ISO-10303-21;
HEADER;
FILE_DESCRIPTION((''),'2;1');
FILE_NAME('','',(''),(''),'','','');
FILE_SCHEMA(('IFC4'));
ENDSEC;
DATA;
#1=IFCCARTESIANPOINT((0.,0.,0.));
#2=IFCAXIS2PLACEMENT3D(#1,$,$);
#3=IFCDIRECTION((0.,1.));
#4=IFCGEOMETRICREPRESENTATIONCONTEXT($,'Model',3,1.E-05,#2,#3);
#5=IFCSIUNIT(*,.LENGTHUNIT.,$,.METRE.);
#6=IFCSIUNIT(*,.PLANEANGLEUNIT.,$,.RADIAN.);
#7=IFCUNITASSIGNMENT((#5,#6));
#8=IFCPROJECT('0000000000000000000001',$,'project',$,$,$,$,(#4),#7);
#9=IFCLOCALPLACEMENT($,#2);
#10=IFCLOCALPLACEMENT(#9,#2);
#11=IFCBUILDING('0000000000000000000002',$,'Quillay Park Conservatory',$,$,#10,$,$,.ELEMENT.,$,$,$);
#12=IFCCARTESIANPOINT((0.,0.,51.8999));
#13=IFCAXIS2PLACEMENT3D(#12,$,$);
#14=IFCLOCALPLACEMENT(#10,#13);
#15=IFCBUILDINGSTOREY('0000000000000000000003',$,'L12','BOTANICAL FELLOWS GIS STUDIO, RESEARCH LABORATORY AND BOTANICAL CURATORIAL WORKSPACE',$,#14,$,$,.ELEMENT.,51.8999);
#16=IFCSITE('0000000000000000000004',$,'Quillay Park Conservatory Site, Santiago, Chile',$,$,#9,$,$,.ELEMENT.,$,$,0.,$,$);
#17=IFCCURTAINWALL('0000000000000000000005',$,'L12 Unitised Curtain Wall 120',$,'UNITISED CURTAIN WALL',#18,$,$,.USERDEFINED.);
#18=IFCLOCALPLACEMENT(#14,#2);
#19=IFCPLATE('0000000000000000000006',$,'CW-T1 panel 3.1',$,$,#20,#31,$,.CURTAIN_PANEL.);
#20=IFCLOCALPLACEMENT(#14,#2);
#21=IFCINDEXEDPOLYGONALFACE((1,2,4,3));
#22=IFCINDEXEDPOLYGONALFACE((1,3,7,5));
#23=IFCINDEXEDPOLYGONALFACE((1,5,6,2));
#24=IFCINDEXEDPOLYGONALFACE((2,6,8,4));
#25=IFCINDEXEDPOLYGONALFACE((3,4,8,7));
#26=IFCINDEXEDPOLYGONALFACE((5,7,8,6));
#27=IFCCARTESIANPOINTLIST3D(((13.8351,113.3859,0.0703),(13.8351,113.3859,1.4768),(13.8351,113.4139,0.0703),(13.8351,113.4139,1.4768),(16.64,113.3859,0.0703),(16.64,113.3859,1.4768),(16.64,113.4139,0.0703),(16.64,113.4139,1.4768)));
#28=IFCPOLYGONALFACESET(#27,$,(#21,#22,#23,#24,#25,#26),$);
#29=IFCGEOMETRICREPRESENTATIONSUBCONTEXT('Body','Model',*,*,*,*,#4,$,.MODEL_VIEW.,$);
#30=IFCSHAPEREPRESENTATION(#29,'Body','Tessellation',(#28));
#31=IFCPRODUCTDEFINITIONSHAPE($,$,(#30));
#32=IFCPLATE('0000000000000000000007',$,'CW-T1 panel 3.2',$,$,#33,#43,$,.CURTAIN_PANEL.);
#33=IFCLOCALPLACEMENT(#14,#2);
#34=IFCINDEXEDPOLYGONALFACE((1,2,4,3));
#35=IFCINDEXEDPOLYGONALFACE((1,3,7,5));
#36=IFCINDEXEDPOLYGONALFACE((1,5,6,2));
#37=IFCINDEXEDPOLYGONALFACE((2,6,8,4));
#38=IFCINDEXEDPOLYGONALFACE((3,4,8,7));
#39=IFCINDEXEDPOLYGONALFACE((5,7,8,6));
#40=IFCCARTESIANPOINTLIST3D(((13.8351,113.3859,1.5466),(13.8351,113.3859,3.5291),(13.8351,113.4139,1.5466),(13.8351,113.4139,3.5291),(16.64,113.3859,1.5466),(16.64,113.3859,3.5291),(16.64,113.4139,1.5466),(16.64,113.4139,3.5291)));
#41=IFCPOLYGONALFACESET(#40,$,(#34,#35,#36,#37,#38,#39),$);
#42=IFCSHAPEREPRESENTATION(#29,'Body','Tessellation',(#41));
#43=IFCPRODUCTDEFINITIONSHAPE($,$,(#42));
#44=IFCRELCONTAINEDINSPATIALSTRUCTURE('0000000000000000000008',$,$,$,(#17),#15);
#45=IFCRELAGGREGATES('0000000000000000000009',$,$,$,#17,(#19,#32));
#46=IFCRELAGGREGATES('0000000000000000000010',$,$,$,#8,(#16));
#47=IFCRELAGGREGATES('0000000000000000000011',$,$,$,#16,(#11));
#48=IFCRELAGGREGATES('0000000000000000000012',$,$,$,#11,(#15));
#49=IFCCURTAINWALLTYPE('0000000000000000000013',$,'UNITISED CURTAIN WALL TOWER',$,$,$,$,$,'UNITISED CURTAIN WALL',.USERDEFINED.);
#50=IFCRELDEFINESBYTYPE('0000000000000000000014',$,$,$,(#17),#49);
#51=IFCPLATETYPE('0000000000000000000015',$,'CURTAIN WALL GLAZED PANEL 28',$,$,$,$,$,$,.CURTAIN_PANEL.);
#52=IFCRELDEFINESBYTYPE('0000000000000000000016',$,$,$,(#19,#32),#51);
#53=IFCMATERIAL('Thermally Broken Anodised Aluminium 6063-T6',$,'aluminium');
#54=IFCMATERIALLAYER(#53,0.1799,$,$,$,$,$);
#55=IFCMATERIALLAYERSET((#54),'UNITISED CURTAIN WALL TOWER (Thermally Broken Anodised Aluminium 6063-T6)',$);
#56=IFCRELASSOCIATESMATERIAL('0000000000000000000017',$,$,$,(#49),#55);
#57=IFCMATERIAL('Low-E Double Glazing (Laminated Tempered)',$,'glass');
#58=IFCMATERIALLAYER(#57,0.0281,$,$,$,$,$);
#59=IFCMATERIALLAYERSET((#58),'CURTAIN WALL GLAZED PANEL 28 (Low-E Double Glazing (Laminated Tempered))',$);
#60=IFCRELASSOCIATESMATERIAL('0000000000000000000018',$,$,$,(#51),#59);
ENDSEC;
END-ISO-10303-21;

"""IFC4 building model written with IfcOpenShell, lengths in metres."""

from ifc_helpers import new_model, si_unit, direction, frame, origin, origin_2d, place, context, subcontext, project, spatial, rectangle, extrude, material, layer, layer_set, type_object, element, aggregate, save


model = new_model("IFC4")

# Units and contexts
model_context = context("Model", 3, precision=1e-05, world=origin(), true_north=direction((0.0, 1.0)))
body_context = subcontext(model_context, "Body", "Model", "MODEL_VIEW")
ifc_project = project(units=[si_unit("LENGTHUNIT", "METRE"), si_unit("PLANEANGLEUNIT", "RADIAN")], contexts=[model_context])

# Site, building, storey
site_placement = place(None, origin())
site = spatial("IfcSite", under=ifc_project, at=site_placement, Name="Quillay Park Conservatory Site, Santiago, Chile", CompositionType="ELEMENT", RefElevation=0.0)
building_placement = place(site_placement, origin())
building = spatial("IfcBuilding", under=site, at=building_placement, Name="Quillay Park Conservatory", CompositionType="ELEMENT")
storey_placement = place(building_placement, frame((0.0, 0.0, 51.8999)))
storey = spatial("IfcBuildingStorey", under=building, at=storey_placement, Name="L12", Description="BOTANICAL FELLOWS GIS STUDIO, RESEARCH LABORATORY AND BOTANICAL CURATORIAL WORKSPACE", CompositionType="ELEMENT", Elevation=51.8999)

# Curtain wall
ifc_material_1 = material(Name="Thermally Broken Anodised Aluminium 6063-T6", Category="aluminium")
ifc_layer_1 = layer(ifc_material_1, 0.1799)
ifc_layer_set_1 = layer_set([ifc_layer_1], Name="UNITISED CURTAIN WALL TOWER (Thermally Broken Anodised Aluminium 6063-T6)")
curtain_wall_type = type_object("IfcCurtainWallType", Name="UNITISED CURTAIN WALL TOWER", ElementType="UNITISED CURTAIN WALL", PredefinedType="USERDEFINED", material=ifc_layer_set_1)
curtain_wall_placement = place(storey_placement, origin())
curtain_wall = element("IfcCurtainWall", 1, at=curtain_wall_placement, inside=storey, type_object=curtain_wall_type, Name="L12 Unitised Curtain Wall 120", ObjectType="UNITISED CURTAIN WALL", PredefinedType="USERDEFINED")

# Plates
ifc_material_2 = material(Name="Low-E Double Glazing (Laminated Tempered)", Category="glass")
ifc_layer_2 = layer(ifc_material_2, 0.0281)
ifc_layer_set_2 = layer_set([ifc_layer_2], Name="CURTAIN WALL GLAZED PANEL 28 (Low-E Double Glazing (Laminated Tempered))")
plate_type = type_object("IfcPlateType", Name="CURTAIN WALL GLAZED PANEL 28", PredefinedType="CURTAIN_PANEL", material=ifc_layer_set_2)
plate_1_placement = place(storey_placement, frame((15.2375, 113.3999, 0.0703), z_axis=(0.0, 0.0, 1.0), x_axis=(1.0, 0.0, 0.0)))
plate_1 = element("IfcPlate", 2, at=plate_1_placement, type_object=plate_type, Name="CW-T1 panel 3.1", PredefinedType="CURTAIN_PANEL", context=body_context, shape_type="SweptSolid", body=[
    extrude(rectangle(XDim=2.8049, YDim=0.0281, at=origin_2d()), origin(), (0.0, 0.0, 1.0), 1.4065),
])
plate_2_placement = place(storey_placement, frame((15.2375, 113.3999, 1.5466), z_axis=(0.0, 0.0, 1.0), x_axis=(1.0, 0.0, 0.0)))
plate_2 = element("IfcPlate", 3, at=plate_2_placement, type_object=plate_type, Name="CW-T1 panel 3.2", PredefinedType="CURTAIN_PANEL", context=body_context, shape_type="SweptSolid", body=[
    extrude(rectangle(XDim=2.8049, YDim=0.0281, at=origin_2d()), origin(), (0.0, 0.0, 1.0), 1.9824),
])
aggregate(curtain_wall, [plate_1, plate_2])

save(model, "model.ifc")
